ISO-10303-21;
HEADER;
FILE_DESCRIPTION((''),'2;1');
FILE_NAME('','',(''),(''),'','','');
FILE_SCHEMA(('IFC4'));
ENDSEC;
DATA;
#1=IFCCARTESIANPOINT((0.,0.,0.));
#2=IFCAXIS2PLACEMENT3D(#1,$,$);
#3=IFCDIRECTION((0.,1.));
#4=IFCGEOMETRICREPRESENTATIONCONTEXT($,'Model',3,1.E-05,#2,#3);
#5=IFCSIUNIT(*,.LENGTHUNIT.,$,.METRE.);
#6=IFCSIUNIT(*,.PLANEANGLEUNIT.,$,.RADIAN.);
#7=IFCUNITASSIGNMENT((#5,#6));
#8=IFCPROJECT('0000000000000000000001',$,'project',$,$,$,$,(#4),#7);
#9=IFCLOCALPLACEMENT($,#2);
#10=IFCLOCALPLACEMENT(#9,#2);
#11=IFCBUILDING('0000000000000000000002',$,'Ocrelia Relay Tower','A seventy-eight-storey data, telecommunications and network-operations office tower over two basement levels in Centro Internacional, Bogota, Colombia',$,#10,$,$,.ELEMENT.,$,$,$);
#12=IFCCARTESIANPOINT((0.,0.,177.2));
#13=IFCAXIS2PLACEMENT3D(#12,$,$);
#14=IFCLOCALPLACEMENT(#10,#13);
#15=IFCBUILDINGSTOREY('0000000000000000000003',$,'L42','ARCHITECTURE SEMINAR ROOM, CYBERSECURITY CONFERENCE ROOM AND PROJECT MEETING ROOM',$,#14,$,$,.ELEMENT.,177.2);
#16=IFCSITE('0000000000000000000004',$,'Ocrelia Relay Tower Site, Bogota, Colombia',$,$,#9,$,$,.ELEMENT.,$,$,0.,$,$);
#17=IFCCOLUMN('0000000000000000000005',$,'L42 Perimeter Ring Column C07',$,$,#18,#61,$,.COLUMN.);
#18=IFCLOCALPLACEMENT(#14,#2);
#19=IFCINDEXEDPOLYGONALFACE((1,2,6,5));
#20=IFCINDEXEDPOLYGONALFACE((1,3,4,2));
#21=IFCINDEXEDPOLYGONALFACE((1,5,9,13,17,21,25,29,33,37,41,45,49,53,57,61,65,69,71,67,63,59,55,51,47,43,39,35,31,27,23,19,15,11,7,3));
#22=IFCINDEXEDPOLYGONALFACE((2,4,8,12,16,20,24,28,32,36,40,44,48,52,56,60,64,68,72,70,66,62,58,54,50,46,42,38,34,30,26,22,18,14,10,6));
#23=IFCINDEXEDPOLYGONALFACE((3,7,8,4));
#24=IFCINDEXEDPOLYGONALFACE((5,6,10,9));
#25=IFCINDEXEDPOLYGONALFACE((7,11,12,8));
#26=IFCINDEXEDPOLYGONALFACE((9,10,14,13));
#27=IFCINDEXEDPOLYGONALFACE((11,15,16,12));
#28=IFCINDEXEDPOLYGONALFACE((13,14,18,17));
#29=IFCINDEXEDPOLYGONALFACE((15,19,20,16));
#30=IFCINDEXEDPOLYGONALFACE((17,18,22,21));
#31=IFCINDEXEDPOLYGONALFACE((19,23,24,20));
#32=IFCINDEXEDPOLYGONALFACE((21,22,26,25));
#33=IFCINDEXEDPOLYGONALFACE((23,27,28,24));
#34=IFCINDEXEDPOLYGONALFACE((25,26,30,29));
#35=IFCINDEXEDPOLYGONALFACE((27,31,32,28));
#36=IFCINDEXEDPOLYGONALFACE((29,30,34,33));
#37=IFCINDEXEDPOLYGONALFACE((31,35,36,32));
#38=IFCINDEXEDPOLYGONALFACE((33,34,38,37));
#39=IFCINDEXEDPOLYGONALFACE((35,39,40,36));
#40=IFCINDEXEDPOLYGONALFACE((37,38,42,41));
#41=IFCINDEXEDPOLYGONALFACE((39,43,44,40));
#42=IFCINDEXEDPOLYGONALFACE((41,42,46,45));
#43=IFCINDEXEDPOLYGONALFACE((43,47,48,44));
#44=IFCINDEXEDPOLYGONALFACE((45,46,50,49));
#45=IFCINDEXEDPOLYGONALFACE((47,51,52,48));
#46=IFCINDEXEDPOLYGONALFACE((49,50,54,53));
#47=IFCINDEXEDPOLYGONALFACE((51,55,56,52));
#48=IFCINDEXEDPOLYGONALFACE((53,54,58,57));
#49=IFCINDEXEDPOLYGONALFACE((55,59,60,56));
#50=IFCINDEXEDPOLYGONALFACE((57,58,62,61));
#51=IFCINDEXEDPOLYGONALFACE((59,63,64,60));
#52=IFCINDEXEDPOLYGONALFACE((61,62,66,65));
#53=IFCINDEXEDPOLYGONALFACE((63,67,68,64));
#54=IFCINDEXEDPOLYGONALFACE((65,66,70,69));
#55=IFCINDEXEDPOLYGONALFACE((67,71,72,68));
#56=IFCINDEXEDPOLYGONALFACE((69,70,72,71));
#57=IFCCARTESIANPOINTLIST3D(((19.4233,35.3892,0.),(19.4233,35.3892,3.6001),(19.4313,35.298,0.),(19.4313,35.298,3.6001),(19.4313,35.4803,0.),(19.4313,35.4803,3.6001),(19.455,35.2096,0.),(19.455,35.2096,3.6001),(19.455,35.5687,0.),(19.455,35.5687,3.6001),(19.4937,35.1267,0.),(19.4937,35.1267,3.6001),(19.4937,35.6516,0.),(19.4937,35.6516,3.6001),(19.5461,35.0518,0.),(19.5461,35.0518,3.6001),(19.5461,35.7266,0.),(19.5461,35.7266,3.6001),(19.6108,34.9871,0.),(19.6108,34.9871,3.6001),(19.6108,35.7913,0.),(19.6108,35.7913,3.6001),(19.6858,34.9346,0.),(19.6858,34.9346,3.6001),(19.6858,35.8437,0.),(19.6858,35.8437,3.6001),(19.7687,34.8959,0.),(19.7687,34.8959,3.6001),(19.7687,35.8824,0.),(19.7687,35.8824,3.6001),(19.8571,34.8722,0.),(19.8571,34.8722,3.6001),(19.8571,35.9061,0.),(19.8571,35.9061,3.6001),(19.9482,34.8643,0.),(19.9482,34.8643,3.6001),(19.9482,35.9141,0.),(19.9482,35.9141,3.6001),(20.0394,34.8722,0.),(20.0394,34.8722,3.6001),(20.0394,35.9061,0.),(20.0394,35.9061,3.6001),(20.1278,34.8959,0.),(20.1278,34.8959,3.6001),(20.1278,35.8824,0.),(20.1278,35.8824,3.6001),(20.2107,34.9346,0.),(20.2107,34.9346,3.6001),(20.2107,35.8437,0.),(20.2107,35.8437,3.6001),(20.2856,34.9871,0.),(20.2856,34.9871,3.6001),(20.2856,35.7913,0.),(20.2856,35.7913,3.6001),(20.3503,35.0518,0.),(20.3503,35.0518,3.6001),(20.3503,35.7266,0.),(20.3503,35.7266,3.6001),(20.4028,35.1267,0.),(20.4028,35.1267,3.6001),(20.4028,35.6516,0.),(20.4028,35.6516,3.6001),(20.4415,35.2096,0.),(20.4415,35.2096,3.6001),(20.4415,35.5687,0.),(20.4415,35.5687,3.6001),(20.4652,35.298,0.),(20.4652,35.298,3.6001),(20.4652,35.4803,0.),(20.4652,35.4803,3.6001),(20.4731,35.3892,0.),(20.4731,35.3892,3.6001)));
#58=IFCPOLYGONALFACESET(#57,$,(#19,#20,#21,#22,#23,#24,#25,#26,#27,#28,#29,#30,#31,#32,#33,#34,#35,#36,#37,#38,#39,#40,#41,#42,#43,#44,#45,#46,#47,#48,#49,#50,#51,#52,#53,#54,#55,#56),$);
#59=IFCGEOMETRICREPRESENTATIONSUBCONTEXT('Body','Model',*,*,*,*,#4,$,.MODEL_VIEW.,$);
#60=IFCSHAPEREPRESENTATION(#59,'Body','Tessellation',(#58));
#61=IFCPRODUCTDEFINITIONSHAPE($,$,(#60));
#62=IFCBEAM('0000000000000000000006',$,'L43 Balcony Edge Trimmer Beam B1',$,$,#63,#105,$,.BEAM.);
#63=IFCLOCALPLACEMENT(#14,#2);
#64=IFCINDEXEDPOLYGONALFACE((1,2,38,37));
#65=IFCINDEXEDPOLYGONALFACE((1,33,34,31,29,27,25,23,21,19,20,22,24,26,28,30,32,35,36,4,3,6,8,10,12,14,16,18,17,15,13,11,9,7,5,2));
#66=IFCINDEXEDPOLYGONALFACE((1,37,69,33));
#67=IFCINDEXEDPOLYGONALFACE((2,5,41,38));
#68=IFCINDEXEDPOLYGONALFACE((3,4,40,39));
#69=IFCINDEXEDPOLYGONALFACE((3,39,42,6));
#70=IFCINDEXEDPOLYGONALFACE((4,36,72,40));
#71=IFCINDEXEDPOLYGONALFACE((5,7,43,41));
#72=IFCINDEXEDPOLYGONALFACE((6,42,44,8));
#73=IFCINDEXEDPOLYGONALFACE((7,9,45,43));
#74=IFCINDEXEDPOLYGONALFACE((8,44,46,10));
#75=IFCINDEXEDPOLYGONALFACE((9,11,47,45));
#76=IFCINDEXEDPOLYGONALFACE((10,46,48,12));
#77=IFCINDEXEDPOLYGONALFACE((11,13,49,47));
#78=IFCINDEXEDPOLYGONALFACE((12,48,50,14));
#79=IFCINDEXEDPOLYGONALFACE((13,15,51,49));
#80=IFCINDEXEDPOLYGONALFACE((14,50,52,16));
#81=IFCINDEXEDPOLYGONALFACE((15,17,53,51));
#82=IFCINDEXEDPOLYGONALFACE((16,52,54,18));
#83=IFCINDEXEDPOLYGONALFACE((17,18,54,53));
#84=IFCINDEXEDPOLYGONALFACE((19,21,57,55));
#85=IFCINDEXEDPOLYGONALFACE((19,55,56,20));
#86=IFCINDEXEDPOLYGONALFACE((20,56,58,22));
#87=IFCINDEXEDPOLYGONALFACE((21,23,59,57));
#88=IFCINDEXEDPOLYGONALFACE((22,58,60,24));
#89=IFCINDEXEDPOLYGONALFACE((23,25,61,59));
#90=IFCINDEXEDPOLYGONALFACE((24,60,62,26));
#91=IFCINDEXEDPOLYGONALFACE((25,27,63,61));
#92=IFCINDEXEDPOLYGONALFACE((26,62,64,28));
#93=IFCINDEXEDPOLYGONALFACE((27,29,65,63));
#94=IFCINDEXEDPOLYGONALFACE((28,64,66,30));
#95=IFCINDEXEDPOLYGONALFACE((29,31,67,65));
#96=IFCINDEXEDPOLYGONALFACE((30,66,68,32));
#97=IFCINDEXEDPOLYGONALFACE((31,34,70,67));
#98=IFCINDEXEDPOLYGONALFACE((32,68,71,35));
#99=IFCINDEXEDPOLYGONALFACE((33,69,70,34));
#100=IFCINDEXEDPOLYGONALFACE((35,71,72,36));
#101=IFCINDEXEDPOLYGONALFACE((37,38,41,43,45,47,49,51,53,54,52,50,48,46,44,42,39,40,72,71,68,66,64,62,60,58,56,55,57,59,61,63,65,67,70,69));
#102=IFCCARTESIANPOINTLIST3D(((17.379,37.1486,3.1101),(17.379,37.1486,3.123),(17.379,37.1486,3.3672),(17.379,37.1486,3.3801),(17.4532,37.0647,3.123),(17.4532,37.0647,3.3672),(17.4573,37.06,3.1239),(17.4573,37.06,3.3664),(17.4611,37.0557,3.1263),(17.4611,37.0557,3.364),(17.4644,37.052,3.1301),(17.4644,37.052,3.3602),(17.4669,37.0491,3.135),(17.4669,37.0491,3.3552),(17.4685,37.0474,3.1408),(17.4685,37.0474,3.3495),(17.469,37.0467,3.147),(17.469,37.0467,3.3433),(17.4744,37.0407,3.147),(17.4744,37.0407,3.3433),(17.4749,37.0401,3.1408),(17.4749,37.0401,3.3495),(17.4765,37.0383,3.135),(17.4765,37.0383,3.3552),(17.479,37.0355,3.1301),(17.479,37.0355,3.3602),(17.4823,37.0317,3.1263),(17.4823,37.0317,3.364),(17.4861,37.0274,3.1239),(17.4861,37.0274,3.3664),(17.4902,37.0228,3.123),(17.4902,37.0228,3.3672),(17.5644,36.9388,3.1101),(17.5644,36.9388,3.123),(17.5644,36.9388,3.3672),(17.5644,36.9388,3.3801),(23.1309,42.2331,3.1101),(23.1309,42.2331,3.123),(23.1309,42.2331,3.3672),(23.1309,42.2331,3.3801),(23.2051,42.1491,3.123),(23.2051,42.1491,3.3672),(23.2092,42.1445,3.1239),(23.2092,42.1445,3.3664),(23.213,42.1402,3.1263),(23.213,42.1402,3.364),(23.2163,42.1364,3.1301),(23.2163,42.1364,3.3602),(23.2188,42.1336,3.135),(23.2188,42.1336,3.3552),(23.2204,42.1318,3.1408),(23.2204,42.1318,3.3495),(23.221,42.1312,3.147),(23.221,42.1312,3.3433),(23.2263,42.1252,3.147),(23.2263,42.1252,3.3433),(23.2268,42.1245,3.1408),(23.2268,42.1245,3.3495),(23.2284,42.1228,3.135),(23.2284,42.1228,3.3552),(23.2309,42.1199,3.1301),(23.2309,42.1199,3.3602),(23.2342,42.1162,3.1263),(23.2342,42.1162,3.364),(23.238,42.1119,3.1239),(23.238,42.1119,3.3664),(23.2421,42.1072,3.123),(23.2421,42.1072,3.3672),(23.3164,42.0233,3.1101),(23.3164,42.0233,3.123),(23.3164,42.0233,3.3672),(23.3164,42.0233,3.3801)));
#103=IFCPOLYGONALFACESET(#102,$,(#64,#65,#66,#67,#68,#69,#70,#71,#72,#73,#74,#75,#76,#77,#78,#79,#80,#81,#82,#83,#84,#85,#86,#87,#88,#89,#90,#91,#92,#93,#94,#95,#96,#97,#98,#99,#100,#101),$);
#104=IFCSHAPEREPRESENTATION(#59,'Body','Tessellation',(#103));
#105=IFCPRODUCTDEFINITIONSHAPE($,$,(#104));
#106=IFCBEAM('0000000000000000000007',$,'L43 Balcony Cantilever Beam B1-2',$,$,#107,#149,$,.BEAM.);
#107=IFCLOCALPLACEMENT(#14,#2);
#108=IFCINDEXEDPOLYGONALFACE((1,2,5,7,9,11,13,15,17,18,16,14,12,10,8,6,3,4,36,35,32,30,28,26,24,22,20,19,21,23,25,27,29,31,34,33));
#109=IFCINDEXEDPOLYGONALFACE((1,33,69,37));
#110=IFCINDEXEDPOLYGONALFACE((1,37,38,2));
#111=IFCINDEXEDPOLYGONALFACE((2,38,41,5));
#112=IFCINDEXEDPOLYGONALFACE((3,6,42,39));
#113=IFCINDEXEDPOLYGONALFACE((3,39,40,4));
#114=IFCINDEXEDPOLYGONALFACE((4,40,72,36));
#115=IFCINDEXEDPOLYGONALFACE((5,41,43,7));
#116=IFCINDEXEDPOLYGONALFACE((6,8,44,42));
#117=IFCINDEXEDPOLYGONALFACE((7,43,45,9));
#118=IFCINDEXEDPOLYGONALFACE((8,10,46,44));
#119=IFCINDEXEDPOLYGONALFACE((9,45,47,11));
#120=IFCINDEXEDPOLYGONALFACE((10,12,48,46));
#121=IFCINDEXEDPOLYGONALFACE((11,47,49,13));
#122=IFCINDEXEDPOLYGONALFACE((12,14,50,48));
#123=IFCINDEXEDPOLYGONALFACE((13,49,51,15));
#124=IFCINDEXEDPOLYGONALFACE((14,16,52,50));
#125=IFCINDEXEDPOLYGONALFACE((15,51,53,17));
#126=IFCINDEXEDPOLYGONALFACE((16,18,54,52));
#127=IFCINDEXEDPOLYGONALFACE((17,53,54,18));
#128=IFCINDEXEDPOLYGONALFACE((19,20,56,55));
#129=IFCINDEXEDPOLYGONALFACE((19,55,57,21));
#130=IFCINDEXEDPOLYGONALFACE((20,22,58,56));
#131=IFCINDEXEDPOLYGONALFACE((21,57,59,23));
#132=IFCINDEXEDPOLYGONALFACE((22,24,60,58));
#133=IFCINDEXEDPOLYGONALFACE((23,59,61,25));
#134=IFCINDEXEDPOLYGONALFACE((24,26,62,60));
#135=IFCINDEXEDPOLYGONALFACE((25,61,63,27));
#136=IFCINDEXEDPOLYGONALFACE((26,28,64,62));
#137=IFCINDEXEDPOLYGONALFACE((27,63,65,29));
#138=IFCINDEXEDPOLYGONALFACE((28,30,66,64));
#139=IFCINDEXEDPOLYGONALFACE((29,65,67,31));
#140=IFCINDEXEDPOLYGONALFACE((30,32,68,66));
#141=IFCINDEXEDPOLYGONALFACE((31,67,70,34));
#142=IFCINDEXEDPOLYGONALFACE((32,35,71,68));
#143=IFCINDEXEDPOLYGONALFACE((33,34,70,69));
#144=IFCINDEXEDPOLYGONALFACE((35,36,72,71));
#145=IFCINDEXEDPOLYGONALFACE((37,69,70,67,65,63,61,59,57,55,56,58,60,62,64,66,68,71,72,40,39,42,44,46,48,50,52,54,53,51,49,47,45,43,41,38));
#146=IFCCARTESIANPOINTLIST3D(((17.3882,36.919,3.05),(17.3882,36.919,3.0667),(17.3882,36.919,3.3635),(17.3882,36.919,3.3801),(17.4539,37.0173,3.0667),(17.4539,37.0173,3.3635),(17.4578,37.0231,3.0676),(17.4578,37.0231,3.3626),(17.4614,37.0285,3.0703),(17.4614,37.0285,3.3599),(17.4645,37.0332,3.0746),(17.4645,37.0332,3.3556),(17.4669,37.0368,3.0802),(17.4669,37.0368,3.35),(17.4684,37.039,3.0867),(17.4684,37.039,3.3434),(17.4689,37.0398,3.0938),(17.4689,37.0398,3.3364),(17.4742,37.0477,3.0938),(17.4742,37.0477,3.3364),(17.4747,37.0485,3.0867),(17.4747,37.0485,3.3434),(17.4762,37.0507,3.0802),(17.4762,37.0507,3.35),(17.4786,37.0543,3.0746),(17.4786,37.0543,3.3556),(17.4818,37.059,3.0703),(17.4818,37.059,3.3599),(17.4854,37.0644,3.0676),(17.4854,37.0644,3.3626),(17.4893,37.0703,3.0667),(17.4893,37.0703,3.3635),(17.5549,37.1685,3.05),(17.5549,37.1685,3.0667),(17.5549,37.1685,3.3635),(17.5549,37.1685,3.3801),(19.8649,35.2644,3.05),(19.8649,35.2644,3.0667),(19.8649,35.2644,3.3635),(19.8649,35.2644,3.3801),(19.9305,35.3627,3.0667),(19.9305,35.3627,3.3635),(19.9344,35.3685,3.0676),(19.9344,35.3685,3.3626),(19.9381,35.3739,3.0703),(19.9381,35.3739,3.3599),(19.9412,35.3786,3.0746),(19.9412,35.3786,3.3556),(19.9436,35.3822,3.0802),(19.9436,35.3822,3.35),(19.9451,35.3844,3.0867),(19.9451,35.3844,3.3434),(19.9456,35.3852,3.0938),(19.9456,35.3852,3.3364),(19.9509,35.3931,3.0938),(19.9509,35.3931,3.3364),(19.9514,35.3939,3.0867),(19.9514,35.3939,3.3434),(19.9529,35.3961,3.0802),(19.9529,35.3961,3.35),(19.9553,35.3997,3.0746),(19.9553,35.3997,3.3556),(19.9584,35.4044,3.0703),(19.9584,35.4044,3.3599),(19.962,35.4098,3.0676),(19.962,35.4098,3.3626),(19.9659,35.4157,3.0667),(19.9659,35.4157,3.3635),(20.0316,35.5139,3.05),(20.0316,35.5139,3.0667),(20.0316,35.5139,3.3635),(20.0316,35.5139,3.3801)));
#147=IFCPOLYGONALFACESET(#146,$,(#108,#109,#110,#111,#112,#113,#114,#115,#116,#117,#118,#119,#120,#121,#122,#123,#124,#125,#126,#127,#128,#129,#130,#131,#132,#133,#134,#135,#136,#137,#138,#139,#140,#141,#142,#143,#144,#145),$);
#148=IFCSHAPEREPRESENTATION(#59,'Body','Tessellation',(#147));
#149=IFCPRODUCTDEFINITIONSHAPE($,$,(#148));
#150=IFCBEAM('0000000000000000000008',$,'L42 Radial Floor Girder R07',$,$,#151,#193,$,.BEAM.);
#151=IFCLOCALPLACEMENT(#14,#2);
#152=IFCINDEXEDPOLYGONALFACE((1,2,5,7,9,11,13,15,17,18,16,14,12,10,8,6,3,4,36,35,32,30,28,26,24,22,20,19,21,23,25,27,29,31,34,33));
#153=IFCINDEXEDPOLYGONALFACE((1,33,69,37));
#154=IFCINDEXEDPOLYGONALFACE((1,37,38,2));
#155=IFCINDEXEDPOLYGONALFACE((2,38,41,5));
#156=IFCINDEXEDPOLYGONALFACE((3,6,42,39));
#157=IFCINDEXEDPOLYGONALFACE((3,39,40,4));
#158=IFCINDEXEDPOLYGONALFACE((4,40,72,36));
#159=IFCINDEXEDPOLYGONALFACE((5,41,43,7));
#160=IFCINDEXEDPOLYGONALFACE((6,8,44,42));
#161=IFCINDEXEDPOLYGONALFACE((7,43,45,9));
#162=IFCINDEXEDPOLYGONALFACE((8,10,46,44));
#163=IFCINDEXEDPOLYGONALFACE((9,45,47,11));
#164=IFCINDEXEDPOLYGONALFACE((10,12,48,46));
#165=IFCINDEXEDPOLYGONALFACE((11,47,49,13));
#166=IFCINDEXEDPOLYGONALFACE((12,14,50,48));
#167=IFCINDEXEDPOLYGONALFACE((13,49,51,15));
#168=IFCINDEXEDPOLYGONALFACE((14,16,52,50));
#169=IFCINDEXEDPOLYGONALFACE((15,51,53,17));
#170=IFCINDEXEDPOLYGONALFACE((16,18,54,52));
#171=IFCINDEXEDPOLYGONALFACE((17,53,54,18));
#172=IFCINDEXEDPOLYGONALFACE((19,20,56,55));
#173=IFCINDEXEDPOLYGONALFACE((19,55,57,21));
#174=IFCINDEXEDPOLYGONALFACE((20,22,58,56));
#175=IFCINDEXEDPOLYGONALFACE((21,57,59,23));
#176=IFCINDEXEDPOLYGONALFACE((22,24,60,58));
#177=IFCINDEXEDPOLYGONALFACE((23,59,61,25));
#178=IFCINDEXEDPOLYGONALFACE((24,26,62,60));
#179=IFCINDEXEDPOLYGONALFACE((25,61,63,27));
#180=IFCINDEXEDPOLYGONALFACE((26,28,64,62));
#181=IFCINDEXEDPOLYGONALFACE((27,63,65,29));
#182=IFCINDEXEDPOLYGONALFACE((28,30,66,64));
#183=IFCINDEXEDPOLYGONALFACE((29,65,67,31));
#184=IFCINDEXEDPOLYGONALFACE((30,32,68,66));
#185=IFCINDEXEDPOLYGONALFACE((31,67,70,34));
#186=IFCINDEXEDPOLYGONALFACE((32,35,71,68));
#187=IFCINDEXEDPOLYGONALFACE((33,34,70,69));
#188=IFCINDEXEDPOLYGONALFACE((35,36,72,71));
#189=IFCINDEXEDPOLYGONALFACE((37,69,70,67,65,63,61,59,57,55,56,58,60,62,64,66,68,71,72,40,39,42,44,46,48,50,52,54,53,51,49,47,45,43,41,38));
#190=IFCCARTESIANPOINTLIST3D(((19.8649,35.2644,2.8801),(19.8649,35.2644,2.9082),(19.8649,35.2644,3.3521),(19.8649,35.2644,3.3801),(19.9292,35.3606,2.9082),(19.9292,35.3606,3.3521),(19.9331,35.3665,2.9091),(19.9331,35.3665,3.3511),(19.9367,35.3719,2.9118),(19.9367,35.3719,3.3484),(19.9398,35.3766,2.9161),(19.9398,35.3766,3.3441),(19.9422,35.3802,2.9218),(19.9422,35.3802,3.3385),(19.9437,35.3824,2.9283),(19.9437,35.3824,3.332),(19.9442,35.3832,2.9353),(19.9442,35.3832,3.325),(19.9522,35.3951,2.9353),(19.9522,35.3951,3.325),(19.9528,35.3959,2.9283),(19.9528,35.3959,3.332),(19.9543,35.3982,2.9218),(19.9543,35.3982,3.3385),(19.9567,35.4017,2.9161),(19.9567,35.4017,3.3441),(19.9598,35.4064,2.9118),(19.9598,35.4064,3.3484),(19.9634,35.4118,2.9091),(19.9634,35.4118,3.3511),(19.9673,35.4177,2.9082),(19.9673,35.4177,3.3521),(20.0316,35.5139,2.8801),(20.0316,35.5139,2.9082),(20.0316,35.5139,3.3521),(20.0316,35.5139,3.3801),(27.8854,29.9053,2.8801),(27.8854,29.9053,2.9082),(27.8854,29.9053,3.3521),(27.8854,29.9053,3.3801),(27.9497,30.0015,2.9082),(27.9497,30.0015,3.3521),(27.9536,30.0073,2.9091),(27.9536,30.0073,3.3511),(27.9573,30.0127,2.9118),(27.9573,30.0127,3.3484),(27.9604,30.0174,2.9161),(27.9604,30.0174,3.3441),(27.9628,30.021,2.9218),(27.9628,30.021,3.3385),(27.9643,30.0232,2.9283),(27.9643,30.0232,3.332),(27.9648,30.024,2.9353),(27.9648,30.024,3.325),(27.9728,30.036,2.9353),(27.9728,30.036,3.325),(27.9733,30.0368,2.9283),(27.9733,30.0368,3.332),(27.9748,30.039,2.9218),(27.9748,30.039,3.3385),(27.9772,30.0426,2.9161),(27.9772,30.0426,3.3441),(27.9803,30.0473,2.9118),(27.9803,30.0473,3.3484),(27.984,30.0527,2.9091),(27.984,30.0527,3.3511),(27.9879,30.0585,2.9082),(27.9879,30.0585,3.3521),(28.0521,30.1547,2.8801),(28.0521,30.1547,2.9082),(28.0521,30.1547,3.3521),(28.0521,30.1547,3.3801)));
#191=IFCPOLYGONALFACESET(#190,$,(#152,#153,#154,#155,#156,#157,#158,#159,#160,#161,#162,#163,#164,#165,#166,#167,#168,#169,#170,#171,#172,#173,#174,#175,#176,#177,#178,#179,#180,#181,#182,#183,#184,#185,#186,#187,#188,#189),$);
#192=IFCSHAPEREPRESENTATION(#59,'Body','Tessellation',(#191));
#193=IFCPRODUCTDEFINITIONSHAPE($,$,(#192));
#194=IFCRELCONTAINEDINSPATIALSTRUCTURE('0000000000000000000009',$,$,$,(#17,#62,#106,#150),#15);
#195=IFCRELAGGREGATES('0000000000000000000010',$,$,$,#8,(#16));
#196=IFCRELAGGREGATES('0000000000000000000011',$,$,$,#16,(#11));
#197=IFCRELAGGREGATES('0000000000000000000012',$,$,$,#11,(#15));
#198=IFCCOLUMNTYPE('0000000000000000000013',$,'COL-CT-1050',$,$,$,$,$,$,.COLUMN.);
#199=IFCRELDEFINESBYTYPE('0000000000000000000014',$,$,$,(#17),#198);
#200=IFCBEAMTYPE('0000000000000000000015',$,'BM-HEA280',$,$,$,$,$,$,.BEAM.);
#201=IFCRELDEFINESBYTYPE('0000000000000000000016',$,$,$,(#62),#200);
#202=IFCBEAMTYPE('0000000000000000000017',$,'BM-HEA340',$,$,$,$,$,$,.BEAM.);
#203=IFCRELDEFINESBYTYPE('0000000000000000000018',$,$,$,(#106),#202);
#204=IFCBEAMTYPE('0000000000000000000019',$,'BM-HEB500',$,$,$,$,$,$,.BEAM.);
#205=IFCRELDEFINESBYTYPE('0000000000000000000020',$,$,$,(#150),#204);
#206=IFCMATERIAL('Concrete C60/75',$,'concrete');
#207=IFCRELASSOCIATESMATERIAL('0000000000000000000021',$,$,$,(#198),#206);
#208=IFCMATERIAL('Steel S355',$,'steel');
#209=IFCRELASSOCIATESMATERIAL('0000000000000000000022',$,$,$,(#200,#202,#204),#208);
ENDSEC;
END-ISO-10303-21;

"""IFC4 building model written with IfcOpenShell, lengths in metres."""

from ifc_helpers import new_model, si_unit, direction, frame, origin, origin_2d, place, context, subcontext, project, spatial, circle, i_section, extrude, material, material_profile, profile_set, type_object, element, save


model = new_model("IFC4")

# Units and contexts
model_context = context("Model", 3, precision=1e-05, world=origin(), true_north=direction((0.0, 1.0)))
body_context = subcontext(model_context, "Body", "Model", "MODEL_VIEW")
ifc_project = project(units=[si_unit("LENGTHUNIT", "METRE"), si_unit("PLANEANGLEUNIT", "RADIAN")], contexts=[model_context])

# Site, building, storey
site_placement = place(None, origin())
site = spatial("IfcSite", under=ifc_project, at=site_placement, Name="Ocrelia Relay Tower Site, Bogota, Colombia", CompositionType="ELEMENT", RefElevation=0.0)
building_placement = place(site_placement, origin())
building = spatial("IfcBuilding", under=site, at=building_placement, Name="Ocrelia Relay Tower", Description="A seventy-eight-storey data, telecommunications and network-operations office tower over two basement levels in Centro Internacional, Bogota, Colombia", CompositionType="ELEMENT")
storey_placement = place(building_placement, frame((0.0, 0.0, 177.2)))
storey = spatial("IfcBuildingStorey", under=building, at=storey_placement, Name="L42", Description="ARCHITECTURE SEMINAR ROOM, CYBERSECURITY CONFERENCE ROOM AND PROJECT MEETING ROOM", CompositionType="ELEMENT", Elevation=177.2)

# Column
ifc_material_1 = material(Name="Concrete C60/75", Category="concrete")
ifc_material_profile_1 = material_profile(ifc_material_1, circle(Radius=0.5249, at=origin_2d()), Name="RC-CIR-1050")
ifc_profile_set_1 = profile_set([ifc_material_profile_1], Name="Concrete C60/75")
column_type = type_object("IfcColumnType", Name="COL-CT-1050", PredefinedType="COLUMN", material=ifc_profile_set_1)
column_placement = place(storey_placement, frame((19.9482, 35.3892, 0.0), z_axis=(0.0, 0.0, 1.0), x_axis=(1.0, 0.0, 0.0)))
element("IfcColumn", 1, at=column_placement, inside=storey, type_object=column_type, Name="L42 Perimeter Ring Column C07", PredefinedType="COLUMN", context=body_context, shape_type="SweptSolid", body=[
    extrude(circle(Radius=0.5249, at=origin_2d()), origin(), (0.0, 0.0, 1.0), 3.6001),
])

# Beams
ifc_material_2 = material(Name="Steel S355", Category="steel")
ifc_material_profile_2 = material_profile(ifc_material_2, i_section(OverallWidth=0.28, OverallDepth=0.27, WebThickness=0.0081, FlangeThickness=0.0129, FilletRadius=0.0239, at=origin_2d()), Name="HEA 280")
ifc_profile_set_2 = profile_set([ifc_material_profile_2], Name="Steel S355")
beam_type_1 = type_object("IfcBeamType", Name="BM-HEA280", PredefinedType="BEAM", material=ifc_profile_set_2)
beam_1_placement = place(storey_placement, frame((23.2236, 42.1282, 3.2451), z_axis=(-0.749242, -0.662297, 0.0), x_axis=(0.662297, -0.749242, 0.0)))
element("IfcBeam", 2, at=beam_1_placement, inside=storey, type_object=beam_type_1, Name="L43 Balcony Edge Trimmer Beam B1", PredefinedType="BEAM", context=body_context, shape_type="SweptSolid", body=[
    extrude(i_section(OverallWidth=0.28, OverallDepth=0.27, WebThickness=0.0081, FlangeThickness=0.0129, FilletRadius=0.0239, at=origin_2d()), origin(), (0.0, 0.0, 1.0), 7.677),
])
ifc_material_profile_3 = material_profile(ifc_material_2, i_section(OverallWidth=0.3, OverallDepth=0.3301, WebThickness=0.0095, FlangeThickness=0.0166, FilletRadius=0.0271, at=origin_2d()), Name="HEA 340")
ifc_profile_set_3 = profile_set([ifc_material_profile_3], Name="Steel S355")
beam_type_2 = type_object("IfcBeamType", Name="BM-HEA340", PredefinedType="BEAM", material=ifc_profile_set_3)
beam_2_placement = place(storey_placement, frame((19.9482, 35.3892, 3.2151), z_axis=(-0.831508, 0.555513, 0.0), x_axis=(-0.555513, -0.831508, 0.0)))
element("IfcBeam", 3, at=beam_2_placement, inside=storey, type_object=beam_type_2, Name="L43 Balcony Cantilever Beam B1-2", PredefinedType="BEAM", context=body_context, shape_type="SweptSolid", body=[
    extrude(i_section(OverallWidth=0.3, OverallDepth=0.3301, WebThickness=0.0095, FlangeThickness=0.0166, FilletRadius=0.0271, at=origin_2d()), origin(), (0.0, 0.0, 1.0), 2.9785),
])
ifc_material_profile_4 = material_profile(ifc_material_2, i_section(OverallWidth=0.3, OverallDepth=0.5, WebThickness=0.0144, FlangeThickness=0.0281, FilletRadius=0.0271, at=origin_2d()), Name="HEB 500")
ifc_profile_set_4 = profile_set([ifc_material_profile_4], Name="Steel S355")
beam_type_3 = type_object("IfcBeamType", Name="BM-HEB500", PredefinedType="BEAM", material=ifc_profile_set_4)
beam_3_placement = place(storey_placement, frame((19.9482, 35.3892, 3.1301), z_axis=(0.83147, -0.55557, 0.0), x_axis=(0.55557, 0.83147, 0.0)))
element("IfcBeam", 4, at=beam_3_placement, inside=storey, type_object=beam_type_3, Name="L42 Radial Floor Girder R07", PredefinedType="BEAM", context=body_context, shape_type="SweptSolid", body=[
    extrude(i_section(OverallWidth=0.3, OverallDepth=0.5, WebThickness=0.0144, FlangeThickness=0.0281, FilletRadius=0.0271, at=origin_2d()), origin(), (0.0, 0.0, 1.0), 9.6462),
])

save(model, "model.ifc")
